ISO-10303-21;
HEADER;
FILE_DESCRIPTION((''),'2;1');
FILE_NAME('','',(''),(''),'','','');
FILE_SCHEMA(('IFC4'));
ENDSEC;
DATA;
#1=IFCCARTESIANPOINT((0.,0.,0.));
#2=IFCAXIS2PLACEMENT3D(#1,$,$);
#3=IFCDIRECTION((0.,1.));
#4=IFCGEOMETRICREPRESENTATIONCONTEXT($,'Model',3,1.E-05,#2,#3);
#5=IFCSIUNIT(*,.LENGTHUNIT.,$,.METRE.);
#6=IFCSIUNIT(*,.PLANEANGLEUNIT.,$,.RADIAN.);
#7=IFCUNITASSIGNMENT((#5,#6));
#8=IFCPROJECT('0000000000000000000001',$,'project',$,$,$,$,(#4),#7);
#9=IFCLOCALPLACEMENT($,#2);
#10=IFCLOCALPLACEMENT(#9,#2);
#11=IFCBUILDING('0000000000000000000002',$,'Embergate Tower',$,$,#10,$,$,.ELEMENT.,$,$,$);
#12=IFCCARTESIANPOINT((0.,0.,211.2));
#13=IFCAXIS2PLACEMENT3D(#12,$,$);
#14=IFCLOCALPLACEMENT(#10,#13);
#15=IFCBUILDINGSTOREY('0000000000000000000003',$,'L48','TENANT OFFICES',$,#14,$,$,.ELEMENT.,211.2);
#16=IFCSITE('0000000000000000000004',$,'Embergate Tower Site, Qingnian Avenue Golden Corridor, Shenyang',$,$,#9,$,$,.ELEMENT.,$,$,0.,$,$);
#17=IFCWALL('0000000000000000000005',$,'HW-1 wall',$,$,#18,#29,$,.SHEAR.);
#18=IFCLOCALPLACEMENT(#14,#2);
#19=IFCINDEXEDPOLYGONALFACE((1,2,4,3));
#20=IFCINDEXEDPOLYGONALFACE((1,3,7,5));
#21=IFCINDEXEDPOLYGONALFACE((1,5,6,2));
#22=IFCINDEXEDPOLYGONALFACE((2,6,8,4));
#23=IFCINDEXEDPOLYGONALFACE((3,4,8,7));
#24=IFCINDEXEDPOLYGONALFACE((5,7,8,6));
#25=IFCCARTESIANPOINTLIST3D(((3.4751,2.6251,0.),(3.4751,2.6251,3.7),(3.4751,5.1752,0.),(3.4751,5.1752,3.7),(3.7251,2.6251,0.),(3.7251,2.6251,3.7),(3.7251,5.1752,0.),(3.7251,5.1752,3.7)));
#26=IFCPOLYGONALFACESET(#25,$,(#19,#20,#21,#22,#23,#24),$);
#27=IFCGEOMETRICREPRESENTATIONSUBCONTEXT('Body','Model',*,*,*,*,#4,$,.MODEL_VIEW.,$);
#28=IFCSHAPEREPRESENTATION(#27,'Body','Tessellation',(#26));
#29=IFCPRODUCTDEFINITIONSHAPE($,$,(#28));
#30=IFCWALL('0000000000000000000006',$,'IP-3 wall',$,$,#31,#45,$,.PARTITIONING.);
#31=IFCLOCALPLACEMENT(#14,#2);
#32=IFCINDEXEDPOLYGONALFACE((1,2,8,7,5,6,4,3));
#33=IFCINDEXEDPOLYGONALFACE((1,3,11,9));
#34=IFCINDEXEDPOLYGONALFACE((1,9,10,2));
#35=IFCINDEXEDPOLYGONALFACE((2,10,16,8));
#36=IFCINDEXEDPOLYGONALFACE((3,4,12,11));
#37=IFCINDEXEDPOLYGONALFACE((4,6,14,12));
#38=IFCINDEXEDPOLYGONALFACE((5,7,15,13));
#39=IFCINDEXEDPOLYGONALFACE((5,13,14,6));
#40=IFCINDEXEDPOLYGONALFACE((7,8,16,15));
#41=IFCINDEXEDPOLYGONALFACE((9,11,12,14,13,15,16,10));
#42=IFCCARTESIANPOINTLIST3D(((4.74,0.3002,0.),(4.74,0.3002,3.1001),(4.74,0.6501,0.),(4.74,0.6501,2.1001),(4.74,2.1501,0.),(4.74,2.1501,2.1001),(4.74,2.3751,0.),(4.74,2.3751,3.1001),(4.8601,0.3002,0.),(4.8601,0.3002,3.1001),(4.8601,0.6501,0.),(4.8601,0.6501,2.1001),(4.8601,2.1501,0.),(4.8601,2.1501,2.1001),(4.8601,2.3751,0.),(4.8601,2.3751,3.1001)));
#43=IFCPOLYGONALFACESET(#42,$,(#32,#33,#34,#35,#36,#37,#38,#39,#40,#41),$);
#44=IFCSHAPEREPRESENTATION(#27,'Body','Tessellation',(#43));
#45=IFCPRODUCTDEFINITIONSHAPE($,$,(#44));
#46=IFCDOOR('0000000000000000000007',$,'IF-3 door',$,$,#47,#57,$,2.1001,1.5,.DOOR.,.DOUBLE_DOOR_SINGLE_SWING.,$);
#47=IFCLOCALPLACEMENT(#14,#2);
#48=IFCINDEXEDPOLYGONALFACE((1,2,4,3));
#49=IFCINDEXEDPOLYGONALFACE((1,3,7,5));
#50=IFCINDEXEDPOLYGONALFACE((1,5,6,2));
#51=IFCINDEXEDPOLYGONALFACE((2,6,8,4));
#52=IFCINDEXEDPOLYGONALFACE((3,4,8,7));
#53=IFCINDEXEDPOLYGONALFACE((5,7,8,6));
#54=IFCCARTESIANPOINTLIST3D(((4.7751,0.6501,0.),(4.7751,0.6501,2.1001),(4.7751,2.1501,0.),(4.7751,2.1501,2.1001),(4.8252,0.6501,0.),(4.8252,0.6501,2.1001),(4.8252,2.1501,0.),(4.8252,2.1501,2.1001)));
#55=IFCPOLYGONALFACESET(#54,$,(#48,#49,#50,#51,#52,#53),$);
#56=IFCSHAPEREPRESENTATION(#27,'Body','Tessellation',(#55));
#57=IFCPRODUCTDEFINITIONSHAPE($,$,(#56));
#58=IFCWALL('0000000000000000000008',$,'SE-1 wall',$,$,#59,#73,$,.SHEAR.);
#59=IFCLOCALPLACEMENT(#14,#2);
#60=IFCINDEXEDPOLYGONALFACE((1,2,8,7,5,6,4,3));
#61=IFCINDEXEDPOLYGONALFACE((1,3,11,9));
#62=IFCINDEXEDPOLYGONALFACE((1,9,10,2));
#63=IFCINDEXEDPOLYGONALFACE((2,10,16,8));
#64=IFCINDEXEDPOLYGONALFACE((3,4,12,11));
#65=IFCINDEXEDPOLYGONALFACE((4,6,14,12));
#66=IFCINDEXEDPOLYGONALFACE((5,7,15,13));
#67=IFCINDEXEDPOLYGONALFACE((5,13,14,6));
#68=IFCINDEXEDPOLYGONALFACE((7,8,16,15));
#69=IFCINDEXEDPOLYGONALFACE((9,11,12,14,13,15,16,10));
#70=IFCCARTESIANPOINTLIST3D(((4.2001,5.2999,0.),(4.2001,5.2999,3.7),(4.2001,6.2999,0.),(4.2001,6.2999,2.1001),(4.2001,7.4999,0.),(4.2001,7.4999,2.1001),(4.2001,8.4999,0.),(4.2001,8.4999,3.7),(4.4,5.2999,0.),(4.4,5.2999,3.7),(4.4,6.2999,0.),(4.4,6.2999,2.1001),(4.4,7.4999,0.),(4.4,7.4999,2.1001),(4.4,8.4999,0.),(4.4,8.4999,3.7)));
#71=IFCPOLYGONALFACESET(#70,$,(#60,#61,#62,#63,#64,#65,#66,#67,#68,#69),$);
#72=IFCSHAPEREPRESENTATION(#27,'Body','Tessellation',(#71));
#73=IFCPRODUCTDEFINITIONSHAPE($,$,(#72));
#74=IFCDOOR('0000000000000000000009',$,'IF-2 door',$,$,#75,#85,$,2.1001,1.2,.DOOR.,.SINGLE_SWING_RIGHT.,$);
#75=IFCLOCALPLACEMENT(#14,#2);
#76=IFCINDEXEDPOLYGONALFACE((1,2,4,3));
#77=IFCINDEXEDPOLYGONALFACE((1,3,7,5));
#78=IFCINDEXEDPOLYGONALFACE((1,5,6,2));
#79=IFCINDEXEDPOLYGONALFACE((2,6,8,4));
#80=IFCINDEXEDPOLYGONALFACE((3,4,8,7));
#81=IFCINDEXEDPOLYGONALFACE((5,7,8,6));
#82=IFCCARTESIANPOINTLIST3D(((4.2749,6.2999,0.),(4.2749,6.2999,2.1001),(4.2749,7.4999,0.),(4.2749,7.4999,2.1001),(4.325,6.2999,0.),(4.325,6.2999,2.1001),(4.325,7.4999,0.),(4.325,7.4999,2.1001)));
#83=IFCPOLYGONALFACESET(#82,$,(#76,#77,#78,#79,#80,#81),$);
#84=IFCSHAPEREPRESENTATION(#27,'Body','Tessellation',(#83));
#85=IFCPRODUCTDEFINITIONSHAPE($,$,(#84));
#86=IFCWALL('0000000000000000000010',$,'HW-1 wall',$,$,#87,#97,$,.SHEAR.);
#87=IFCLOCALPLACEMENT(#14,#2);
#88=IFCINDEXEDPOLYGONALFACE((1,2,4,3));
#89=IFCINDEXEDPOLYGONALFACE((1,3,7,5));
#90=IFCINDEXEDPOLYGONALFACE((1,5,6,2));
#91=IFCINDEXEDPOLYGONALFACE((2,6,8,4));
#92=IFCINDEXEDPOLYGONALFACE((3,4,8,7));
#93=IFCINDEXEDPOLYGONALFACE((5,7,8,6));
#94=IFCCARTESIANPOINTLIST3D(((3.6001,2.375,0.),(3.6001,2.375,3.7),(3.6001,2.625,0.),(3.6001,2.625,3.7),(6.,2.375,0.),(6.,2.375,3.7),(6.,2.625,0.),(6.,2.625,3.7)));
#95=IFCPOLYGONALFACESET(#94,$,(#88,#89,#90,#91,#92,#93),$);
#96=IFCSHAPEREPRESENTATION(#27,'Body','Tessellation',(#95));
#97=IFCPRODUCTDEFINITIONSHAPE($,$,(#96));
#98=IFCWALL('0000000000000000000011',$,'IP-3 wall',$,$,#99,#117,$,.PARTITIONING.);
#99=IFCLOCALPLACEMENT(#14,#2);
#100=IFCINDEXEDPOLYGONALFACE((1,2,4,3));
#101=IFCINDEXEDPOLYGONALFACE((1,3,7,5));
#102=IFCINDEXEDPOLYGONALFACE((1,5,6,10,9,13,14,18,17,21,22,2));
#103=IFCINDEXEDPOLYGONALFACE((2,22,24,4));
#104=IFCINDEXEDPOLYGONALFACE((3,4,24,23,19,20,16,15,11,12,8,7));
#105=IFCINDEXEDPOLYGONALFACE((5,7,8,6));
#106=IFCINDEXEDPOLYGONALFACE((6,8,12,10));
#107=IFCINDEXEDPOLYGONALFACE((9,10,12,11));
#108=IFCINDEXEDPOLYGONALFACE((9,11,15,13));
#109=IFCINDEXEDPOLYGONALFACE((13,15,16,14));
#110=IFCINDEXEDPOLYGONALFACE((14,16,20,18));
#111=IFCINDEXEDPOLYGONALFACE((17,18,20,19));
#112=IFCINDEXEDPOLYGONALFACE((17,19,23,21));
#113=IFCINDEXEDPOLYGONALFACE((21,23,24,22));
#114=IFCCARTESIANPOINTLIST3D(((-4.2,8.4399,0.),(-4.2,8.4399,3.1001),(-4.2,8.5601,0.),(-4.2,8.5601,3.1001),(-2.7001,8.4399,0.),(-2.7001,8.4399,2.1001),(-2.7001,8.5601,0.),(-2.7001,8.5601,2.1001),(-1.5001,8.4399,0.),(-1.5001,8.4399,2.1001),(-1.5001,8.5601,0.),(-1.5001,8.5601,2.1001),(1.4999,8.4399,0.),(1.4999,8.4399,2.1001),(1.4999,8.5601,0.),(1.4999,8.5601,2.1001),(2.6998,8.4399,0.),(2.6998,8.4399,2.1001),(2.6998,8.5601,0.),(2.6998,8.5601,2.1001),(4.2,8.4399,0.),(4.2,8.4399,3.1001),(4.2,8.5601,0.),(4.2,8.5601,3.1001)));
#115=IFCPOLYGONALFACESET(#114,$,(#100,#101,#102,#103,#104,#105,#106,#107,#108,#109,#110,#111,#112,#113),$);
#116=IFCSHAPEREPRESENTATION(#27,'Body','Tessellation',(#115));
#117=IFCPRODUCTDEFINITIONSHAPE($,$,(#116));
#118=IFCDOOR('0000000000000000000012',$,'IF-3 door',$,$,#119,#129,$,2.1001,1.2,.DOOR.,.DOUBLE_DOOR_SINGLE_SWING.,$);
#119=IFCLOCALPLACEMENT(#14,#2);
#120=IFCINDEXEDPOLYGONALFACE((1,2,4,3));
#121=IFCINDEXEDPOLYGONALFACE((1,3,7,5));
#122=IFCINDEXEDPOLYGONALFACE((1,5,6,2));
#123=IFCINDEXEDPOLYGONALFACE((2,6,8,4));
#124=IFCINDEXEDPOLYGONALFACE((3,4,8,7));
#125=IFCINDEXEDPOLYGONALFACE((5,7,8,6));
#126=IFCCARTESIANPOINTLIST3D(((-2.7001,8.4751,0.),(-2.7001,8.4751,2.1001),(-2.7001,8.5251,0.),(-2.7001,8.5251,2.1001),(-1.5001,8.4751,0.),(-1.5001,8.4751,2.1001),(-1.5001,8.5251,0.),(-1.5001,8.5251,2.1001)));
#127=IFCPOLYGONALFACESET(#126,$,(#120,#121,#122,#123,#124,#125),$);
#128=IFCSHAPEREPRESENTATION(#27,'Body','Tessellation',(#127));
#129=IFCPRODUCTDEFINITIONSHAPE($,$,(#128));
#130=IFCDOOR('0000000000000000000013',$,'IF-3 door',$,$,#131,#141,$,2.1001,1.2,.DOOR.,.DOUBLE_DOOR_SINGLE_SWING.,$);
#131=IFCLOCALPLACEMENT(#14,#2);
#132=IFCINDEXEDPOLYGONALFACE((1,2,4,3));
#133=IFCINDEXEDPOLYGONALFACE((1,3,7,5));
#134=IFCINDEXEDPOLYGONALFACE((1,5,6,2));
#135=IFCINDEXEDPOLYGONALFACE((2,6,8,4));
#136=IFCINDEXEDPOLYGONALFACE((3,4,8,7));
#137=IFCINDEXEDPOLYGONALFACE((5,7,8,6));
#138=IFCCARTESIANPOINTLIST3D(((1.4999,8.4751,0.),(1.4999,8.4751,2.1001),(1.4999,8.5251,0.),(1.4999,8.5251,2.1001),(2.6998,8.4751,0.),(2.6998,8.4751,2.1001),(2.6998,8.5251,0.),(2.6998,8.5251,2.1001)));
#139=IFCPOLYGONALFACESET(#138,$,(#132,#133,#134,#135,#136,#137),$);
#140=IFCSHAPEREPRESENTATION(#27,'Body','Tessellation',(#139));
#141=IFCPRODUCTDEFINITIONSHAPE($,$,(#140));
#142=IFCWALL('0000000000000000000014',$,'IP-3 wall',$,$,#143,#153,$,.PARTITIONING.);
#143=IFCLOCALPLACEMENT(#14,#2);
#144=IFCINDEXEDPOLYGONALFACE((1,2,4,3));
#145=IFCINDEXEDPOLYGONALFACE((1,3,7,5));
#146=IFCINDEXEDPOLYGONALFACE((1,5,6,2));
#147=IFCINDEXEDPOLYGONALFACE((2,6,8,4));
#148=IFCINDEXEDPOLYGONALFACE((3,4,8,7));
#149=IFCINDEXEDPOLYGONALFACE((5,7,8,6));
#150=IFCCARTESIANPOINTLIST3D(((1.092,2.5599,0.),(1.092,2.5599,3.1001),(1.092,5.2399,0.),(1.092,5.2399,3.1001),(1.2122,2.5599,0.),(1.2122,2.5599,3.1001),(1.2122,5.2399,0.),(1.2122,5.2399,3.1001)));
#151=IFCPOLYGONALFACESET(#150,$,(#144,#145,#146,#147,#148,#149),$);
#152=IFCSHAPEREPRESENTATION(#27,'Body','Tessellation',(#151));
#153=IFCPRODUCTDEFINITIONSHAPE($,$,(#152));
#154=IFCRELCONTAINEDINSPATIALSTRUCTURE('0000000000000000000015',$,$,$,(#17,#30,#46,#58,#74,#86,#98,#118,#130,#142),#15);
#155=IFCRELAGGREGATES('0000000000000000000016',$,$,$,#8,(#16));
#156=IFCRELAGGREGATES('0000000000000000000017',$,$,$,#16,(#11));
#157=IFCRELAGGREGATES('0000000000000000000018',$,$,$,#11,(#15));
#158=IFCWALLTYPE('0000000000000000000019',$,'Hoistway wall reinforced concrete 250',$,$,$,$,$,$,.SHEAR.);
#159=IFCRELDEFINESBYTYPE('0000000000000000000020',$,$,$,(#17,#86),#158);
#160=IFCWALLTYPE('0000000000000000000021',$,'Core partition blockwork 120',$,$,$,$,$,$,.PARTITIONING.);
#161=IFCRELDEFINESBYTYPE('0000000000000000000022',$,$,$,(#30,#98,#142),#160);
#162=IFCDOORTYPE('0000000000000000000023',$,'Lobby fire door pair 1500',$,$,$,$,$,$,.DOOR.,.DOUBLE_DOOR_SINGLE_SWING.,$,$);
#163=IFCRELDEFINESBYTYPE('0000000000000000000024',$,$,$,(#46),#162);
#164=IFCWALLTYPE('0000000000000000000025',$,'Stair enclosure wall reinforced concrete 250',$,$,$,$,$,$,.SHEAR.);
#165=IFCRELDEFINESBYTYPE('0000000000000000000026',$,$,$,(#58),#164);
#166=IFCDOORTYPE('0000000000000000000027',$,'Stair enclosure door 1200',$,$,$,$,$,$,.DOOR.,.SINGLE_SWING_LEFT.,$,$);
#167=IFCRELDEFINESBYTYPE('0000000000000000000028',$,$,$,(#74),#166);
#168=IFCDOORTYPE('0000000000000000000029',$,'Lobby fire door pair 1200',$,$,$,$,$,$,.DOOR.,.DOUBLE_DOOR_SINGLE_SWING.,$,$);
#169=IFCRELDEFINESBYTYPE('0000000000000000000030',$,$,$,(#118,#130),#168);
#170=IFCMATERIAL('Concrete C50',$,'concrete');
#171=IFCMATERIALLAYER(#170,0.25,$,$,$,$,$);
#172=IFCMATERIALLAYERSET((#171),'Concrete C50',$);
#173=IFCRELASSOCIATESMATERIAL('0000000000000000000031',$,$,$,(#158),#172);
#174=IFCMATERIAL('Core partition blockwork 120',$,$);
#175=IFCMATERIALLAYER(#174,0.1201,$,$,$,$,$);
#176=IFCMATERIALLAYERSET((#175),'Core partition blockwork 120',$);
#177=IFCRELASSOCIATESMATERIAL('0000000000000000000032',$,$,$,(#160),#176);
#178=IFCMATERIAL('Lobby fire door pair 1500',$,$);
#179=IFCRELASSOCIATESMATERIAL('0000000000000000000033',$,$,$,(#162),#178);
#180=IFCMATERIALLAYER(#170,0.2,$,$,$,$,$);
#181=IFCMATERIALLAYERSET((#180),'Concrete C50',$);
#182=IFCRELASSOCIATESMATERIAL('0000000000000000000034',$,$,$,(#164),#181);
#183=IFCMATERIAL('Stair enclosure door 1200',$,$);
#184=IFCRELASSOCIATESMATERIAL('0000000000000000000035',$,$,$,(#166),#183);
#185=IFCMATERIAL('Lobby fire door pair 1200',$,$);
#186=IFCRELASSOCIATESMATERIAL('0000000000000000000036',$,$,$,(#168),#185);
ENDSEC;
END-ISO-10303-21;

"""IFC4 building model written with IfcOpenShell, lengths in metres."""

from ifc_helpers import new_model, si_unit, direction, frame, frame_2d, origin, place, context, subcontext, project, spatial, rectangle, extrude, source, transform, mapped, material, layer, layer_set, type_object, element, fill, save


model = new_model("IFC4")

# Units and contexts
model_context = context("Model", 3, precision=1e-05, world=origin(), true_north=direction((0.0, 1.0)))
body_context = subcontext(model_context, "Body", "Model", "MODEL_VIEW")
ifc_project = project(units=[si_unit("LENGTHUNIT", "METRE"), si_unit("PLANEANGLEUNIT", "RADIAN")], contexts=[model_context])

# Site, building, storey
site_placement = place(None, origin())
site = spatial("IfcSite", under=ifc_project, at=site_placement, Name="Embergate Tower Site, Qingnian Avenue Golden Corridor, Shenyang", CompositionType="ELEMENT", RefElevation=0.0)
building_placement = place(site_placement, origin())
building = spatial("IfcBuilding", under=site, at=building_placement, Name="Embergate Tower", CompositionType="ELEMENT")
storey_placement = place(building_placement, frame((0.0, 0.0, 211.2)))
storey = spatial("IfcBuildingStorey", under=building, at=storey_placement, Name="L48", Description="TENANT OFFICES", CompositionType="ELEMENT", Elevation=211.2)

# Wall
ifc_material_1 = material(Name="Concrete C50", Category="concrete")
ifc_layer_1 = layer(ifc_material_1, 0.25)
ifc_layer_set_1 = layer_set([ifc_layer_1], Name="Concrete C50")
wall_type_1 = type_object("IfcWallType", Name="Hoistway wall reinforced concrete 250", PredefinedType="SHEAR", material=ifc_layer_set_1)
shared_shape_1 = source(origin(), body_context, "Body", "SweptSolid", [
    extrude(rectangle(XDim=2.55, YDim=0.25, at=frame_2d((1.2749, 0.0))), origin(), (0.0, 0.0, 1.0), 3.7),
])
wall_1_placement = place(storey_placement, frame((3.6001, 5.175, 0.0), z_axis=(0.0, 0.0, 1.0), x_axis=(0.0, -1.0, 0.0)))
element("IfcWall", 1, at=wall_1_placement, inside=storey, type_object=wall_type_1, Name="HW-1 wall", PredefinedType="SHEAR", context=body_context, shape_type="MappedRepresentation", body=[
    mapped(shared_shape_1, transform((0.0, 0.0, 0.0))),
])

# Walls, openings, doors
ifc_material_2 = material(Name="Core partition blockwork 120")
ifc_layer_2 = layer(ifc_material_2, 0.1201)
ifc_layer_set_2 = layer_set([ifc_layer_2], Name="Core partition blockwork 120")
wall_type_2 = type_object("IfcWallType", Name="Core partition blockwork 120", PredefinedType="PARTITIONING", material=ifc_layer_set_2)
shared_shape_2 = source(origin(), body_context, "Body", "SweptSolid", [
    extrude(rectangle(XDim=2.075, YDim=0.1201, at=frame_2d((1.0376, 0.0))), origin(), (0.0, 0.0, 1.0), 3.1001),
])
wall_2_placement = place(storey_placement, frame((4.8, 0.3, 0.0), z_axis=(0.0, 0.0, 1.0), x_axis=(0.0, 1.0, 0.0)))
wall_2 = element("IfcWall", 2, at=wall_2_placement, inside=storey, type_object=wall_type_2, Name="IP-3 wall", PredefinedType="PARTITIONING", context=body_context, shape_type="MappedRepresentation", body=[
    mapped(shared_shape_2, transform((0.0, 0.0, 0.0))),
])
shared_shape_3 = source(origin(), body_context, "Body", "SweptSolid", [
    extrude(rectangle(XDim=1.5, YDim=2.1001, at=frame_2d((0.75, 1.05))), frame((0.0, 0.0701, 0.0), z_axis=(0.0, -1.0, 0.0), x_axis=(1.0, 0.0, 0.0)), (0.0, 0.0, 1.0), 0.1401),
])
opening_1_placement = place(wall_2_placement, frame((0.3501, 0.0, 0.0)))
opening_1 = element("IfcOpeningElement", 3, at=opening_1_placement, cuts=wall_2, PredefinedType="OPENING", context=body_context, shape_type="MappedRepresentation", body=[
    mapped(shared_shape_3, transform((0.0, 0.0, 0.0))),
])
ifc_material_3 = material(Name="Lobby fire door pair 1500")
door_type_1 = type_object("IfcDoorType", Name="Lobby fire door pair 1500", OperationType="DOUBLE_DOOR_SINGLE_SWING", PredefinedType="DOOR", material=ifc_material_3)
shared_shape_4 = source(origin(), body_context, "Body", "SweptSolid", [
    extrude(rectangle(XDim=1.5, YDim=2.1001, at=frame_2d((0.75, 1.05))), frame((0.0, 0.0249, 0.0), z_axis=(0.0, -1.0, 0.0), x_axis=(1.0, 0.0, 0.0)), (0.0, 0.0, 1.0), 0.05),
])
door_1_placement = place(opening_1_placement, origin())
door_1 = element("IfcDoor", 4, at=door_1_placement, inside=storey, type_object=door_type_1, Name="IF-3 door", OperationType="DOUBLE_DOOR_SINGLE_SWING", OverallHeight=2.1001, OverallWidth=1.5, PredefinedType="DOOR", context=body_context, shape_type="MappedRepresentation", body=[
    mapped(shared_shape_4, transform((0.0, 0.0, 0.0))),
])
fill(opening_1, door_1)
ifc_layer_3 = layer(ifc_material_1, 0.2)
ifc_layer_set_3 = layer_set([ifc_layer_3], Name="Concrete C50")
wall_type_3 = type_object("IfcWallType", Name="Stair enclosure wall reinforced concrete 250", PredefinedType="SHEAR", material=ifc_layer_set_3)
shared_shape_5 = source(origin(), body_context, "Body", "SweptSolid", [
    extrude(rectangle(XDim=3.2, YDim=0.2, at=frame_2d((1.6001, 0.0))), origin(), (0.0, 0.0, 1.0), 3.7),
])
wall_3_placement = place(storey_placement, frame((4.3, 8.5, 0.0), z_axis=(0.0, 0.0, 1.0), x_axis=(0.0, -1.0, 0.0)))
wall_3 = element("IfcWall", 5, at=wall_3_placement, inside=storey, type_object=wall_type_3, Name="SE-1 wall", PredefinedType="SHEAR", context=body_context, shape_type="MappedRepresentation", body=[
    mapped(shared_shape_5, transform((0.0, 0.0, 0.0))),
])
shared_shape_6 = source(origin(), body_context, "Body", "SweptSolid", [
    extrude(rectangle(XDim=1.2, YDim=2.1001, at=frame_2d((0.6001, 1.05))), frame((0.0, 0.1099, 0.0), z_axis=(0.0, -1.0, 0.0), x_axis=(1.0, 0.0, 0.0)), (0.0, 0.0, 1.0), 0.22),
])
opening_2_placement = place(wall_3_placement, frame((1.0, 0.0, 0.0)))
opening_2 = element("IfcOpeningElement", 6, at=opening_2_placement, cuts=wall_3, PredefinedType="OPENING", context=body_context, shape_type="MappedRepresentation", body=[
    mapped(shared_shape_6, transform((0.0, 0.0, 0.0))),
])
ifc_material_4 = material(Name="Stair enclosure door 1200")
door_type_2 = type_object("IfcDoorType", Name="Stair enclosure door 1200", OperationType="SINGLE_SWING_LEFT", PredefinedType="DOOR", material=ifc_material_4)
shared_shape_7 = source(origin(), body_context, "Body", "SweptSolid", [
    extrude(rectangle(XDim=1.2, YDim=2.1001, at=frame_2d((0.6001, 1.05))), frame((0.0, 0.0249, 0.0), z_axis=(0.0, -1.0, 0.0), x_axis=(1.0, 0.0, 0.0)), (0.0, 0.0, 1.0), 0.05),
])
door_2_placement = place(opening_2_placement, origin())
door_2 = element("IfcDoor", 7, at=door_2_placement, inside=storey, type_object=door_type_2, Name="IF-2 door", OperationType="SINGLE_SWING_RIGHT", OverallHeight=2.1001, OverallWidth=1.2, PredefinedType="DOOR", context=body_context, shape_type="MappedRepresentation", body=[
    mapped(shared_shape_7, transform((0.0, 0.0, 0.0))),
])
fill(opening_2, door_2)

# Wall
shared_shape_8 = source(origin(), body_context, "Body", "SweptSolid", [
    extrude(rectangle(XDim=2.3999, YDim=0.25, at=frame_2d((1.2, 0.0))), origin(), (0.0, 0.0, 1.0), 3.7),
])
wall_4_placement = place(storey_placement, frame((3.6001, 2.5, 0.0), z_axis=(0.0, 0.0, 1.0), x_axis=(1.0, 0.0, 0.0)))
element("IfcWall", 8, at=wall_4_placement, inside=storey, type_object=wall_type_1, Name="HW-1 wall", PredefinedType="SHEAR", context=body_context, shape_type="MappedRepresentation", body=[
    mapped(shared_shape_8, transform((0.0, 0.0, 0.0))),
])

# Wall, openings, doors
shared_shape_9 = source(origin(), body_context, "Body", "SweptSolid", [
    extrude(rectangle(XDim=8.3999, YDim=0.1201, at=frame_2d((4.2, 0.0))), origin(), (0.0, 0.0, 1.0), 3.1001),
])
wall_5_placement = place(storey_placement, frame((4.2, 8.5, 0.0), z_axis=(0.0, 0.0, 1.0), x_axis=(-1.0, 0.0, 0.0)))
wall_5 = element("IfcWall", 9, at=wall_5_placement, inside=storey, type_object=wall_type_2, Name="IP-3 wall", PredefinedType="PARTITIONING", context=body_context, shape_type="MappedRepresentation", body=[
    mapped(shared_shape_9, transform((0.0, 0.0, 0.0))),
])
shared_shape_10 = source(origin(), body_context, "Body", "SweptSolid", [
    extrude(rectangle(XDim=1.2, YDim=2.1001, at=frame_2d((0.6001, 1.05))), frame((0.0, 0.0701, 0.0), z_axis=(0.0, -1.0, 0.0), x_axis=(1.0, 0.0, 0.0)), (0.0, 0.0, 1.0), 0.1401),
])
opening_3_placement = place(wall_5_placement, frame((5.7, 0.0, 0.0)))
opening_3 = element("IfcOpeningElement", 10, at=opening_3_placement, cuts=wall_5, PredefinedType="OPENING", context=body_context, shape_type="MappedRepresentation", body=[
    mapped(shared_shape_10, transform((0.0, 0.0, 0.0))),
])
opening_4_placement = place(wall_5_placement, frame((1.5, 0.0, 0.0)))
opening_4 = element("IfcOpeningElement", 11, at=opening_4_placement, cuts=wall_5, PredefinedType="OPENING", context=body_context, shape_type="MappedRepresentation", body=[
    mapped(shared_shape_10, transform((0.0, 0.0, 0.0))),
])
ifc_material_5 = material(Name="Lobby fire door pair 1200")
door_type_3 = type_object("IfcDoorType", Name="Lobby fire door pair 1200", OperationType="DOUBLE_DOOR_SINGLE_SWING", PredefinedType="DOOR", material=ifc_material_5)
door_3_placement = place(opening_3_placement, origin())
door_3 = element("IfcDoor", 12, at=door_3_placement, inside=storey, type_object=door_type_3, Name="IF-3 door", OperationType="DOUBLE_DOOR_SINGLE_SWING", OverallHeight=2.1001, OverallWidth=1.2, PredefinedType="DOOR", context=body_context, shape_type="MappedRepresentation", body=[
    mapped(shared_shape_7, transform((0.0, 0.0, 0.0))),
])
fill(opening_3, door_3)
door_4_placement = place(opening_4_placement, origin())
door_4 = element("IfcDoor", 13, at=door_4_placement, inside=storey, type_object=door_type_3, Name="IF-3 door", OperationType="DOUBLE_DOOR_SINGLE_SWING", OverallHeight=2.1001, OverallWidth=1.2, PredefinedType="DOOR", context=body_context, shape_type="MappedRepresentation", body=[
    mapped(shared_shape_7, transform((0.0, 0.0, 0.0))),
])
fill(opening_4, door_4)

# Wall
shared_shape_11 = source(origin(), body_context, "Body", "SweptSolid", [
    extrude(rectangle(XDim=2.6799, YDim=0.1201, at=frame_2d((1.3398, 0.0))), origin(), (0.0, 0.0, 1.0), 3.1001),
])
wall_6_placement = place(storey_placement, frame((1.1521, 2.5601, 0.0), z_axis=(0.0, 0.0, 1.0), x_axis=(0.0, 1.0, 0.0)))
element("IfcWall", 14, at=wall_6_placement, inside=storey, type_object=wall_type_2, Name="IP-3 wall", PredefinedType="PARTITIONING", context=body_context, shape_type="MappedRepresentation", body=[
    mapped(shared_shape_11, transform((0.0, 0.0, 0.0))),
])

save(model, "model.ifc")
